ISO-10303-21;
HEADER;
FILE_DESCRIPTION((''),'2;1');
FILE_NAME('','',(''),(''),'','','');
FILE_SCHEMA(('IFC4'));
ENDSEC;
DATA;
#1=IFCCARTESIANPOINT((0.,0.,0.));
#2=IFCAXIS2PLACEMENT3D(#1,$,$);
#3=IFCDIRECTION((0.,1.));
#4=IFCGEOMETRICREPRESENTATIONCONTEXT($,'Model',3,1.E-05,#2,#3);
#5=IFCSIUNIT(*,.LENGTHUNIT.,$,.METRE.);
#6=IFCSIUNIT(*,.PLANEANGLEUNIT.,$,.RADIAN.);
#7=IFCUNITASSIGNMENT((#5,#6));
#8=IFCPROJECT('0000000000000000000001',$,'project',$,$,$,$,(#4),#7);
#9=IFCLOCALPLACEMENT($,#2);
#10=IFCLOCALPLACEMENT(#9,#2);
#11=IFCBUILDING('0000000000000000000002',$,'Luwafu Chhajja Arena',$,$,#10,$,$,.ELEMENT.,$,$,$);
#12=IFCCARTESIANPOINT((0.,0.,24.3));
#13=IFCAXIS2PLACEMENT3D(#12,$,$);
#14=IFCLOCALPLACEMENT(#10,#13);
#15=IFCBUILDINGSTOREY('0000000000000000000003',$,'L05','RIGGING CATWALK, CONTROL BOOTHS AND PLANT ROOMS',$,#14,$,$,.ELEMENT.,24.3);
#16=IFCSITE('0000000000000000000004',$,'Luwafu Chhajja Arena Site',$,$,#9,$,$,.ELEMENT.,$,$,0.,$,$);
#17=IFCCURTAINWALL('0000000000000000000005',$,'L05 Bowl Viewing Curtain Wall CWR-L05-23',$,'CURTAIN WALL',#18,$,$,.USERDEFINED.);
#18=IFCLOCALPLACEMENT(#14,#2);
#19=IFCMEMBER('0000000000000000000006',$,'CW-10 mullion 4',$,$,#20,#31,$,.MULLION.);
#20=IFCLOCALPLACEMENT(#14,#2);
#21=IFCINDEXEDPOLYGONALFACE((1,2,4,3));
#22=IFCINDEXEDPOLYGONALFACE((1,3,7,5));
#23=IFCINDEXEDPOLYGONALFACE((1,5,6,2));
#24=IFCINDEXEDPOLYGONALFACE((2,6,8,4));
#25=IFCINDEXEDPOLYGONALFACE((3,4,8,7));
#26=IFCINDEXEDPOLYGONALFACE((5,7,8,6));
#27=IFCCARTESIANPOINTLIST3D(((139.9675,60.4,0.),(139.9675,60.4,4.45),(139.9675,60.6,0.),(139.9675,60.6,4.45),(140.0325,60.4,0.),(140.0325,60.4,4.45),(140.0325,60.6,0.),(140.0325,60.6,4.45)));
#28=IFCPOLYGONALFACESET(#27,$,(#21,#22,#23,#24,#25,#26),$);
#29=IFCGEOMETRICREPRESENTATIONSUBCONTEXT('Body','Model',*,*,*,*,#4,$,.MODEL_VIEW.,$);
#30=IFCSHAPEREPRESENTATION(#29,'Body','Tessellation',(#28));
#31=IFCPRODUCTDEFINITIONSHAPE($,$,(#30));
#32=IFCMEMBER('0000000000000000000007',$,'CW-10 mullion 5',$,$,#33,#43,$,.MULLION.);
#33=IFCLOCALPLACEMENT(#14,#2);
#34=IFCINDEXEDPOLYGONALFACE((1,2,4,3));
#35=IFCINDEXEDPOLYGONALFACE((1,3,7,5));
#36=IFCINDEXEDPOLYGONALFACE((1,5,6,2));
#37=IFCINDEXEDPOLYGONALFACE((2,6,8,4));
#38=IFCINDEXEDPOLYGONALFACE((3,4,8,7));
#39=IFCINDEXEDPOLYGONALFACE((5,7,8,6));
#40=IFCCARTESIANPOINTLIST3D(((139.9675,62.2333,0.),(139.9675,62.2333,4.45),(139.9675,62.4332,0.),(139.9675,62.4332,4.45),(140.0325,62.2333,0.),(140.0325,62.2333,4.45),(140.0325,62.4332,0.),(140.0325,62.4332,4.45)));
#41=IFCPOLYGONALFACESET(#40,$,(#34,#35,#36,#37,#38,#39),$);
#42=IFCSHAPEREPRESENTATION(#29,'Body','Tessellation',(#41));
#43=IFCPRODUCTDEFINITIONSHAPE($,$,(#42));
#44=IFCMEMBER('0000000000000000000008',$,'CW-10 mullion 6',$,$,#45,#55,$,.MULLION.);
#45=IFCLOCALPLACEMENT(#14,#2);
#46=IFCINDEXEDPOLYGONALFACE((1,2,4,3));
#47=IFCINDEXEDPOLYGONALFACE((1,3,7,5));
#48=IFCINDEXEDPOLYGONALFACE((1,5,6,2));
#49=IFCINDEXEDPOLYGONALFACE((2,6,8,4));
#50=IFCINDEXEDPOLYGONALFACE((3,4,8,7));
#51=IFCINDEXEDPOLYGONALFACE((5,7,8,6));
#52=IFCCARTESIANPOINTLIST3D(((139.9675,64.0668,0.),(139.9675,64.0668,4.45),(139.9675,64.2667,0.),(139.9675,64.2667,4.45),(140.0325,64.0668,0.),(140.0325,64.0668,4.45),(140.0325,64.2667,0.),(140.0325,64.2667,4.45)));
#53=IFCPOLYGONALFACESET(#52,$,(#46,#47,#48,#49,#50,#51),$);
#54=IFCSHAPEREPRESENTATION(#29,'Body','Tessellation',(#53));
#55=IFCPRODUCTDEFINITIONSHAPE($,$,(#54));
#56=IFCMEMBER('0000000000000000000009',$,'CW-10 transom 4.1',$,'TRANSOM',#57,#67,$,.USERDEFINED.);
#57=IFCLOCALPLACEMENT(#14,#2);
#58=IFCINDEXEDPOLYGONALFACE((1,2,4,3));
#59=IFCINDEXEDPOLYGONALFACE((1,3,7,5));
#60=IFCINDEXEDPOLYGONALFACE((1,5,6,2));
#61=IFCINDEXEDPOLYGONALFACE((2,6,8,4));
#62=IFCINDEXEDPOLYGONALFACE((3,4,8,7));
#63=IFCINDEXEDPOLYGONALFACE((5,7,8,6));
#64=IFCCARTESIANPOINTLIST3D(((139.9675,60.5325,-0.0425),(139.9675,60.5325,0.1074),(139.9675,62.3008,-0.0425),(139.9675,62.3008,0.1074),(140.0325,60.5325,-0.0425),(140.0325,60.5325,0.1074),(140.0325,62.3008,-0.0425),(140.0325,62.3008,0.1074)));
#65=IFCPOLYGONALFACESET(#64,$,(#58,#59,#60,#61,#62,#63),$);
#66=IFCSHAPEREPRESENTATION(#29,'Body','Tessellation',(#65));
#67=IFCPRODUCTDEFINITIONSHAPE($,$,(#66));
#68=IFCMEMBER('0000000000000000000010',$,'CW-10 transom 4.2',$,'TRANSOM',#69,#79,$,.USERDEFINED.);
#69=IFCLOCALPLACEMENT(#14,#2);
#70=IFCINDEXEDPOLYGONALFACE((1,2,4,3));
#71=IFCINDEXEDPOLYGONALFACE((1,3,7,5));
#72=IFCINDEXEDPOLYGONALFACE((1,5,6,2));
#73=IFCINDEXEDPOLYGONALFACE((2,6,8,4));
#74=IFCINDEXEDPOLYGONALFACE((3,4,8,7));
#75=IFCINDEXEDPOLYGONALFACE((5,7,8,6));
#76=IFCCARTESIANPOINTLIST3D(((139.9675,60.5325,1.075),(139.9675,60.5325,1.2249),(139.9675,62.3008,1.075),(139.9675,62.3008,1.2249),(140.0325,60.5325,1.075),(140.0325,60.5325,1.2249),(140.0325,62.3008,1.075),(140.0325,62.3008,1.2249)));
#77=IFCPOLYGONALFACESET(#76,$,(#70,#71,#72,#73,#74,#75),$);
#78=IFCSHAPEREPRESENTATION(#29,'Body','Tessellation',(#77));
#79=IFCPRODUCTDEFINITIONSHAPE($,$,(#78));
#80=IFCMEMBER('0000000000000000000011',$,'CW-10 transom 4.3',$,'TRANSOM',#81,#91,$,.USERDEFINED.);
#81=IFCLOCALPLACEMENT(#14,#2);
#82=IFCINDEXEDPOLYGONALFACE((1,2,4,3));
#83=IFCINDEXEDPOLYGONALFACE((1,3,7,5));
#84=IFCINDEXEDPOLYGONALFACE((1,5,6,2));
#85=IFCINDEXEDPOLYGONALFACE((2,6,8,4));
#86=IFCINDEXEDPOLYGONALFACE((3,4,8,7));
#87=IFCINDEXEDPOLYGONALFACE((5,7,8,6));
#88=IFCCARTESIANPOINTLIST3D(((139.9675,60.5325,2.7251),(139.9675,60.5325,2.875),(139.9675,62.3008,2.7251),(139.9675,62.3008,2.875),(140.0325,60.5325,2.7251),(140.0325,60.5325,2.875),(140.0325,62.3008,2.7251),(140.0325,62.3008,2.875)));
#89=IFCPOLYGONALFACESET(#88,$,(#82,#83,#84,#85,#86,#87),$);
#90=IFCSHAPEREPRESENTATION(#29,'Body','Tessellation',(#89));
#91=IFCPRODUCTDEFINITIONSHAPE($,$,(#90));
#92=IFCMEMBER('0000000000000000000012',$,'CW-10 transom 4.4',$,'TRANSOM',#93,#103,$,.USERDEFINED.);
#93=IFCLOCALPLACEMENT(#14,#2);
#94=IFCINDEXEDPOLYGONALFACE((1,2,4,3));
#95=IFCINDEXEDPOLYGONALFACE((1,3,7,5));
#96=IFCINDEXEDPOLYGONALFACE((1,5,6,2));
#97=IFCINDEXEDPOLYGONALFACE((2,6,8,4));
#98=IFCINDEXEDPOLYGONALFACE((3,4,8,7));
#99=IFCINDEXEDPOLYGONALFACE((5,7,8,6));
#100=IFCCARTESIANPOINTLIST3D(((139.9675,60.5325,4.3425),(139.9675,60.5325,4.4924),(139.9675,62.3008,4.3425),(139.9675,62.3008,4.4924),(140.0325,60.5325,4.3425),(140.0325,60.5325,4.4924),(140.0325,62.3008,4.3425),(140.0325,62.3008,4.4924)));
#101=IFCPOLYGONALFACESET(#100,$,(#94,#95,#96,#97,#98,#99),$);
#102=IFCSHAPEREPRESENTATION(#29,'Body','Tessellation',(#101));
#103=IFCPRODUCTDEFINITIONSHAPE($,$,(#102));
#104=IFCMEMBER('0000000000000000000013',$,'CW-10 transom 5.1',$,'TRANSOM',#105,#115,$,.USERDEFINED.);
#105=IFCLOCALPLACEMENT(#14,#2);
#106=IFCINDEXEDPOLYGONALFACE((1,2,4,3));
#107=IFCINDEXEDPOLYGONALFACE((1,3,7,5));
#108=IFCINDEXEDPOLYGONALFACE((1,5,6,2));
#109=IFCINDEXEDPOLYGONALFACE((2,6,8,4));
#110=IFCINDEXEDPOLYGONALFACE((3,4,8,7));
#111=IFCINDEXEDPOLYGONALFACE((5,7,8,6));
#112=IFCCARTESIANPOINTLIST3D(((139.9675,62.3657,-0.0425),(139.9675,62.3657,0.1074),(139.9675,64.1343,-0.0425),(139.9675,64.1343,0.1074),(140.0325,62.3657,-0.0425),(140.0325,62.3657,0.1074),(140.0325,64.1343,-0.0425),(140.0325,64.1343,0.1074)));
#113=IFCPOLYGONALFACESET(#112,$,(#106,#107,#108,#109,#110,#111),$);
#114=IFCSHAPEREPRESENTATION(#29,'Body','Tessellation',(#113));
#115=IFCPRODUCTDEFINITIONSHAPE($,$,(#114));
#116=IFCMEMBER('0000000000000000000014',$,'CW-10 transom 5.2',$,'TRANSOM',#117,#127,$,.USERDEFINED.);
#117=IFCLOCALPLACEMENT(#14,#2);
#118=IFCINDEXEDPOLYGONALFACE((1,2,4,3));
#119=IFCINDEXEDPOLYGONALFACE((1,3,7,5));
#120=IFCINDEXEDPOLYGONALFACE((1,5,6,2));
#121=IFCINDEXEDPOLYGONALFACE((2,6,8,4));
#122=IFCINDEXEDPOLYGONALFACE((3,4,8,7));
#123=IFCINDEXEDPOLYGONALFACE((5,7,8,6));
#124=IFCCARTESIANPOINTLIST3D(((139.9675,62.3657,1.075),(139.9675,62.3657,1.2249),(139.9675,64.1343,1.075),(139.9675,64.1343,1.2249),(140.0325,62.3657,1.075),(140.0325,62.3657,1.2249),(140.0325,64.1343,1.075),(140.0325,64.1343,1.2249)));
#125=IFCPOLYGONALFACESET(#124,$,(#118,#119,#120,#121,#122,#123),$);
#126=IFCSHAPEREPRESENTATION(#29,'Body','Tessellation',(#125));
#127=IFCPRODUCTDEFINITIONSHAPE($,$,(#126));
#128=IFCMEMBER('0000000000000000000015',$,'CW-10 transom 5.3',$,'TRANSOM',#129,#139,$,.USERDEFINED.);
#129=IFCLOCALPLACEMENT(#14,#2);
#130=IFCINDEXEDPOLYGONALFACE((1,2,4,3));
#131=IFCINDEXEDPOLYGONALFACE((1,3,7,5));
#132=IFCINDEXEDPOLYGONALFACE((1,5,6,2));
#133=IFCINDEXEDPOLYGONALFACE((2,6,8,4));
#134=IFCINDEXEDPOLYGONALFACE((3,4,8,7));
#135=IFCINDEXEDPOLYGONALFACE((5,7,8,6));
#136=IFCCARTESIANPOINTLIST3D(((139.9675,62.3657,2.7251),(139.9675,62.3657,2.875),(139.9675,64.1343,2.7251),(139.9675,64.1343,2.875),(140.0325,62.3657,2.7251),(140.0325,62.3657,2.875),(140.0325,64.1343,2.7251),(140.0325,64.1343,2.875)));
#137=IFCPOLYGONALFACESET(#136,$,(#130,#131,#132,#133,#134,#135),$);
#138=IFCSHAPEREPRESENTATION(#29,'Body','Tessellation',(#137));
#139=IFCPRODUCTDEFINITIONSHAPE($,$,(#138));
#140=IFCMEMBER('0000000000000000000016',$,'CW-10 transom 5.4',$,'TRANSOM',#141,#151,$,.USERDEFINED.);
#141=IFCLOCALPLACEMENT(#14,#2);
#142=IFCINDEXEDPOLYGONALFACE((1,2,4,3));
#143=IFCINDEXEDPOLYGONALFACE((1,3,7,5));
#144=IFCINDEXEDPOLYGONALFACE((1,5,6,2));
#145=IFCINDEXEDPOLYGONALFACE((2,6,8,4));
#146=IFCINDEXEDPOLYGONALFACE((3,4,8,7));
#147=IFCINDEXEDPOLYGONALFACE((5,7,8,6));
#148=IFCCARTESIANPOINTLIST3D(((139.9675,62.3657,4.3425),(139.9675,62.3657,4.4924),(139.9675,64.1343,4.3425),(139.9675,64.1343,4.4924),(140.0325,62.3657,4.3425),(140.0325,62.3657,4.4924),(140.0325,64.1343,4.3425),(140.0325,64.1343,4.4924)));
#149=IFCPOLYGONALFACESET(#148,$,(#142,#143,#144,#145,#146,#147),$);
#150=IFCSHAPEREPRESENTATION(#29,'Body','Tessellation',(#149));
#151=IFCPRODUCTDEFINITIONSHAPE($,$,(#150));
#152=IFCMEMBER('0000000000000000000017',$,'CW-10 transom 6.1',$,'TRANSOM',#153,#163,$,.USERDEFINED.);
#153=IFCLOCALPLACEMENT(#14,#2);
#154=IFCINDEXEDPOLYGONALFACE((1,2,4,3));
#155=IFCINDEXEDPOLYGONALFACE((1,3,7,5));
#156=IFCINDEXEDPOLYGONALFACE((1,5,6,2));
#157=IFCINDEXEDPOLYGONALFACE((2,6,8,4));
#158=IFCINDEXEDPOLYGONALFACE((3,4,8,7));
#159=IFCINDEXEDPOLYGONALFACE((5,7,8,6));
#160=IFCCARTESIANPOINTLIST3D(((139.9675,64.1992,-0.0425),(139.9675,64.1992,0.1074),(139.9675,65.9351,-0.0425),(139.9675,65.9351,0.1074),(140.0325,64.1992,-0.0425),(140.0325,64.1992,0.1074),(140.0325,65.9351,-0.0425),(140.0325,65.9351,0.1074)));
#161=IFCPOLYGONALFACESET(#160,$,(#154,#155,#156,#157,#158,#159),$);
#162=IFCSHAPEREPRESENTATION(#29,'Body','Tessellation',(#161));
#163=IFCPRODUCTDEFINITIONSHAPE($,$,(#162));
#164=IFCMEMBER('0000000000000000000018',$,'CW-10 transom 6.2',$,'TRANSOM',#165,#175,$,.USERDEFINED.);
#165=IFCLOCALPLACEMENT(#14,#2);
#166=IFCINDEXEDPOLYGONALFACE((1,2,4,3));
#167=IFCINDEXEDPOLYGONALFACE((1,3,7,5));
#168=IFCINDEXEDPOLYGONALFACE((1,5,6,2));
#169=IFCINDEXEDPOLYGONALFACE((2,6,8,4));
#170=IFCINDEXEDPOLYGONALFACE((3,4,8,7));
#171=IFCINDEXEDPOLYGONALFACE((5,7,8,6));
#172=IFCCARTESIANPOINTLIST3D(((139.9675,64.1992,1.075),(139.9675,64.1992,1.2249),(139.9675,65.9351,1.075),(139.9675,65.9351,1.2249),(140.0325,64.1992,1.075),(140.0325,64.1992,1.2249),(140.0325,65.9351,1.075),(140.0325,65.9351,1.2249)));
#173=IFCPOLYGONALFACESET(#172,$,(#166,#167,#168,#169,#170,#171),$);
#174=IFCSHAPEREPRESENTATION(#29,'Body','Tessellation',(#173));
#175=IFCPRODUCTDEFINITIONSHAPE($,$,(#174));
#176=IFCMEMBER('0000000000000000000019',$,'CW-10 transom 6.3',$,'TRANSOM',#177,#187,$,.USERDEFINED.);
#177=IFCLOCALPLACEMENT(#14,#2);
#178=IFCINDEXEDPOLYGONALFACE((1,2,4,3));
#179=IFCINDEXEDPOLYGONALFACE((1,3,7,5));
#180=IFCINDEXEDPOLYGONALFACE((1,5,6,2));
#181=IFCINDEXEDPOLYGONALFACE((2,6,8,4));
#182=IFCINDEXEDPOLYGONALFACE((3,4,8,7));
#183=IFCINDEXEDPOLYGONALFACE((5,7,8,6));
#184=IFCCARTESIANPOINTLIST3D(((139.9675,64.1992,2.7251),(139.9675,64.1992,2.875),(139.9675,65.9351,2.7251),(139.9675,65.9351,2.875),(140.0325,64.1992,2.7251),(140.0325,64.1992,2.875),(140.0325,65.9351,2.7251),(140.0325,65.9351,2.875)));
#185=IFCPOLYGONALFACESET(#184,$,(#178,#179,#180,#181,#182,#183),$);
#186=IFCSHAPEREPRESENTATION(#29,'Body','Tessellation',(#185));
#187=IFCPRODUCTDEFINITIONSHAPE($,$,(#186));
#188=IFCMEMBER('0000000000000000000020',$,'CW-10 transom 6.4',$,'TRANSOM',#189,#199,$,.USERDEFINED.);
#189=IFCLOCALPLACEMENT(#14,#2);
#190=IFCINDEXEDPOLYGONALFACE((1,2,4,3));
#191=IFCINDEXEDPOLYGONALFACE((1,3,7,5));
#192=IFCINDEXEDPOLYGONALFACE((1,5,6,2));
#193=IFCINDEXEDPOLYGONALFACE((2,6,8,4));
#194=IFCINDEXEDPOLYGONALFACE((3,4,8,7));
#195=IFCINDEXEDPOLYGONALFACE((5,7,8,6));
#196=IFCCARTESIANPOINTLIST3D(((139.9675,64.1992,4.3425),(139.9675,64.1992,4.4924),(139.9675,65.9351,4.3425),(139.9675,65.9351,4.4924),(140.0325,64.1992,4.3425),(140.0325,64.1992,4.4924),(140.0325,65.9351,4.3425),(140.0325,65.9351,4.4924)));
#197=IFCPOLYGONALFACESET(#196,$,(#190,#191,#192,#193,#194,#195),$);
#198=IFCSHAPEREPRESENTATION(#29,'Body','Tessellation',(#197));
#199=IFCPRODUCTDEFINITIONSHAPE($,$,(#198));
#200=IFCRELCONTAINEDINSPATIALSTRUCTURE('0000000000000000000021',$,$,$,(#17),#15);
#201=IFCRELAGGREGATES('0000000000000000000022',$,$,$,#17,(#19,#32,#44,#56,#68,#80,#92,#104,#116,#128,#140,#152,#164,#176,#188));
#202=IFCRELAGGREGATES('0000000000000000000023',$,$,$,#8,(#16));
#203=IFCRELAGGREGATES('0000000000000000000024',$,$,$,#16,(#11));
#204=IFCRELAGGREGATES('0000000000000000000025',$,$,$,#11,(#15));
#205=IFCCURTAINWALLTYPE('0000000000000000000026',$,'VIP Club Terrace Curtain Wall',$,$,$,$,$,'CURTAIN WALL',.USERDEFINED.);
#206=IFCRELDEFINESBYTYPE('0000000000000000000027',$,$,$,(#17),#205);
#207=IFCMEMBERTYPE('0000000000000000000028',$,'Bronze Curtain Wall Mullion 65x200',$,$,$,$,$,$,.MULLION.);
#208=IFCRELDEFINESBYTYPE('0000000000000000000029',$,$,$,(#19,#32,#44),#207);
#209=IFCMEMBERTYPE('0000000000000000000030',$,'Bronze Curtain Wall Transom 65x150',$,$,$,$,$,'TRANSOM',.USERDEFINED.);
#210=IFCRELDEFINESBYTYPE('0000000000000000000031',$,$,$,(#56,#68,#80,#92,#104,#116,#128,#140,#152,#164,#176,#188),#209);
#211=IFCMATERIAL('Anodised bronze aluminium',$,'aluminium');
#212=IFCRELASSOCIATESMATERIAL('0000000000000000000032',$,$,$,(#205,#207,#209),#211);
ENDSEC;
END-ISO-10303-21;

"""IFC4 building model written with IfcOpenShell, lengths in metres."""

from ifc_helpers import new_model, si_unit, direction, frame, origin, origin_2d, place, context, subcontext, project, spatial, rectangle, extrude, material, material_profile, profile_set, type_object, element, aggregate, save


model = new_model("IFC4")

# Units and contexts
model_context = context("Model", 3, precision=1e-05, world=origin(), true_north=direction((0.0, 1.0)))
body_context = subcontext(model_context, "Body", "Model", "MODEL_VIEW")
ifc_project = project(units=[si_unit("LENGTHUNIT", "METRE"), si_unit("PLANEANGLEUNIT", "RADIAN")], contexts=[model_context])

# Site, building, storey
site_placement = place(None, origin())
site = spatial("IfcSite", under=ifc_project, at=site_placement, Name="Luwafu Chhajja Arena Site", CompositionType="ELEMENT", RefElevation=0.0)
building_placement = place(site_placement, origin())
building = spatial("IfcBuilding", under=site, at=building_placement, Name="Luwafu Chhajja Arena", CompositionType="ELEMENT")
storey_placement = place(building_placement, frame((0.0, 0.0, 24.3)))
storey = spatial("IfcBuildingStorey", under=building, at=storey_placement, Name="L05", Description="RIGGING CATWALK, CONTROL BOOTHS AND PLANT ROOMS", CompositionType="ELEMENT", Elevation=24.3)

# Curtain wall, members
ifc_material_1 = material(Name="Anodised bronze aluminium", Category="aluminium")
curtain_wall_type = type_object("IfcCurtainWallType", Name="VIP Club Terrace Curtain Wall", ElementType="CURTAIN WALL", PredefinedType="USERDEFINED", material=ifc_material_1)
curtain_wall_placement = place(storey_placement, origin())
curtain_wall = element("IfcCurtainWall", 1, at=curtain_wall_placement, inside=storey, type_object=curtain_wall_type, Name="L05 Bowl Viewing Curtain Wall CWR-L05-23", ObjectType="CURTAIN WALL", PredefinedType="USERDEFINED")
ifc_material_profile_1 = material_profile(ifc_material_1, rectangle(XDim=0.0649, YDim=0.2, at=origin_2d()), Name="CWM 65x200")
ifc_profile_set_1 = profile_set([ifc_material_profile_1], Name="Anodised bronze aluminium")
member_type_1 = type_object("IfcMemberType", Name="Bronze Curtain Wall Mullion 65x200", PredefinedType="MULLION", material=ifc_profile_set_1)
member_1_placement = place(storey_placement, frame((140.0, 60.5, 0.0), z_axis=(0.0, 0.0, 1.0), x_axis=(-1.0, 0.0, 0.0)))
member_1 = element("IfcMember", 2, at=member_1_placement, type_object=member_type_1, Name="CW-10 mullion 4", PredefinedType="MULLION", context=body_context, shape_type="SweptSolid", body=[
    extrude(rectangle(XDim=0.0649, YDim=0.2, at=origin_2d()), origin(), (0.0, 0.0, 1.0), 4.45),
])
member_2_placement = place(storey_placement, frame((140.0, 62.3333, 0.0), z_axis=(0.0, 0.0, 1.0), x_axis=(-1.0, 0.0, 0.0)))
member_2 = element("IfcMember", 3, at=member_2_placement, type_object=member_type_1, Name="CW-10 mullion 5", PredefinedType="MULLION", context=body_context, shape_type="SweptSolid", body=[
    extrude(rectangle(XDim=0.0649, YDim=0.2, at=origin_2d()), origin(), (0.0, 0.0, 1.0), 4.45),
])
member_3_placement = place(storey_placement, frame((140.0, 64.1667, 0.0), z_axis=(0.0, 0.0, 1.0), x_axis=(-1.0, 0.0, 0.0)))
member_3 = element("IfcMember", 4, at=member_3_placement, type_object=member_type_1, Name="CW-10 mullion 6", PredefinedType="MULLION", context=body_context, shape_type="SweptSolid", body=[
    extrude(rectangle(XDim=0.0649, YDim=0.2, at=origin_2d()), origin(), (0.0, 0.0, 1.0), 4.45),
])
ifc_material_profile_2 = material_profile(ifc_material_1, rectangle(XDim=0.0649, YDim=0.1499, at=origin_2d()), Name="CWT 65x150")
ifc_profile_set_2 = profile_set([ifc_material_profile_2], Name="Anodised bronze aluminium")
member_type_2 = type_object("IfcMemberType", Name="Bronze Curtain Wall Transom 65x150", ElementType="TRANSOM", PredefinedType="USERDEFINED", material=ifc_profile_set_2)
member_4_placement = place(storey_placement, frame((140.0, 60.5325, 0.0325), z_axis=(0.0, 1.0, 0.0), x_axis=(-1.0, 0.0, 0.0)))
member_4 = element("IfcMember", 5, at=member_4_placement, type_object=member_type_2, Name="CW-10 transom 4.1", ObjectType="TRANSOM", PredefinedType="USERDEFINED", context=body_context, shape_type="SweptSolid", body=[
    extrude(rectangle(XDim=0.0649, YDim=0.1499, at=origin_2d()), origin(), (0.0, 0.0, 1.0), 1.7683),
])
member_5_placement = place(storey_placement, frame((140.0, 60.5325, 1.1499), z_axis=(0.0, 1.0, 0.0), x_axis=(-1.0, 0.0, 0.0)))
member_5 = element("IfcMember", 6, at=member_5_placement, type_object=member_type_2, Name="CW-10 transom 4.2", ObjectType="TRANSOM", PredefinedType="USERDEFINED", context=body_context, shape_type="SweptSolid", body=[
    extrude(rectangle(XDim=0.0649, YDim=0.1499, at=origin_2d()), origin(), (0.0, 0.0, 1.0), 1.7683),
])
member_6_placement = place(storey_placement, frame((140.0, 60.5325, 2.8), z_axis=(0.0, 1.0, 0.0), x_axis=(-1.0, 0.0, 0.0)))
member_6 = element("IfcMember", 7, at=member_6_placement, type_object=member_type_2, Name="CW-10 transom 4.3", ObjectType="TRANSOM", PredefinedType="USERDEFINED", context=body_context, shape_type="SweptSolid", body=[
    extrude(rectangle(XDim=0.0649, YDim=0.1499, at=origin_2d()), origin(), (0.0, 0.0, 1.0), 1.7683),
])
member_7_placement = place(storey_placement, frame((140.0, 60.5325, 4.4175), z_axis=(0.0, 1.0, 0.0), x_axis=(-1.0, 0.0, 0.0)))
member_7 = element("IfcMember", 8, at=member_7_placement, type_object=member_type_2, Name="CW-10 transom 4.4", ObjectType="TRANSOM", PredefinedType="USERDEFINED", context=body_context, shape_type="SweptSolid", body=[
    extrude(rectangle(XDim=0.0649, YDim=0.1499, at=origin_2d()), origin(), (0.0, 0.0, 1.0), 1.7683),
])
member_8_placement = place(storey_placement, frame((140.0, 62.3657, 0.0325), z_axis=(0.0, 1.0, 0.0), x_axis=(-1.0, 0.0, 0.0)))
member_8 = element("IfcMember", 9, at=member_8_placement, type_object=member_type_2, Name="CW-10 transom 5.1", ObjectType="TRANSOM", PredefinedType="USERDEFINED", context=body_context, shape_type="SweptSolid", body=[
    extrude(rectangle(XDim=0.0649, YDim=0.1499, at=origin_2d()), origin(), (0.0, 0.0, 1.0), 1.7686),
])
member_9_placement = place(storey_placement, frame((140.0, 62.3657, 1.1499), z_axis=(0.0, 1.0, 0.0), x_axis=(-1.0, 0.0, 0.0)))
member_9 = element("IfcMember", 10, at=member_9_placement, type_object=member_type_2, Name="CW-10 transom 5.2", ObjectType="TRANSOM", PredefinedType="USERDEFINED", context=body_context, shape_type="SweptSolid", body=[
    extrude(rectangle(XDim=0.0649, YDim=0.1499, at=origin_2d()), origin(), (0.0, 0.0, 1.0), 1.7686),
])
member_10_placement = place(storey_placement, frame((140.0, 62.3657, 2.8), z_axis=(0.0, 1.0, 0.0), x_axis=(-1.0, 0.0, 0.0)))
member_10 = element("IfcMember", 11, at=member_10_placement, type_object=member_type_2, Name="CW-10 transom 5.3", ObjectType="TRANSOM", PredefinedType="USERDEFINED", context=body_context, shape_type="SweptSolid", body=[
    extrude(rectangle(XDim=0.0649, YDim=0.1499, at=origin_2d()), origin(), (0.0, 0.0, 1.0), 1.7686),
])
member_11_placement = place(storey_placement, frame((140.0, 62.3657, 4.4175), z_axis=(0.0, 1.0, 0.0), x_axis=(-1.0, 0.0, 0.0)))
member_11 = element("IfcMember", 12, at=member_11_placement, type_object=member_type_2, Name="CW-10 transom 5.4", ObjectType="TRANSOM", PredefinedType="USERDEFINED", context=body_context, shape_type="SweptSolid", body=[
    extrude(rectangle(XDim=0.0649, YDim=0.1499, at=origin_2d()), origin(), (0.0, 0.0, 1.0), 1.7686),
])
member_12_placement = place(storey_placement, frame((140.0, 64.1992, 0.0325), z_axis=(0.0, 1.0, 0.0), x_axis=(-1.0, 0.0, 0.0)))
member_12 = element("IfcMember", 13, at=member_12_placement, type_object=member_type_2, Name="CW-10 transom 6.1", ObjectType="TRANSOM", PredefinedType="USERDEFINED", context=body_context, shape_type="SweptSolid", body=[
    extrude(rectangle(XDim=0.0649, YDim=0.1499, at=origin_2d()), origin(), (0.0, 0.0, 1.0), 1.7358),
])
member_13_placement = place(storey_placement, frame((140.0, 64.1992, 1.1499), z_axis=(0.0, 1.0, 0.0), x_axis=(-1.0, 0.0, 0.0)))
member_13 = element("IfcMember", 14, at=member_13_placement, type_object=member_type_2, Name="CW-10 transom 6.2", ObjectType="TRANSOM", PredefinedType="USERDEFINED", context=body_context, shape_type="SweptSolid", body=[
    extrude(rectangle(XDim=0.0649, YDim=0.1499, at=origin_2d()), origin(), (0.0, 0.0, 1.0), 1.7358),
])
member_14_placement = place(storey_placement, frame((140.0, 64.1992, 2.8), z_axis=(0.0, 1.0, 0.0), x_axis=(-1.0, 0.0, 0.0)))
member_14 = element("IfcMember", 15, at=member_14_placement, type_object=member_type_2, Name="CW-10 transom 6.3", ObjectType="TRANSOM", PredefinedType="USERDEFINED", context=body_context, shape_type="SweptSolid", body=[
    extrude(rectangle(XDim=0.0649, YDim=0.1499, at=origin_2d()), origin(), (0.0, 0.0, 1.0), 1.7358),
])
member_15_placement = place(storey_placement, frame((140.0, 64.1992, 4.4175), z_axis=(0.0, 1.0, 0.0), x_axis=(-1.0, 0.0, 0.0)))
member_15 = element("IfcMember", 16, at=member_15_placement, type_object=member_type_2, Name="CW-10 transom 6.4", ObjectType="TRANSOM", PredefinedType="USERDEFINED", context=body_context, shape_type="SweptSolid", body=[
    extrude(rectangle(XDim=0.0649, YDim=0.1499, at=origin_2d()), origin(), (0.0, 0.0, 1.0), 1.7358),
])
aggregate(curtain_wall, [member_1, member_2, member_3, member_4, member_5, member_6, member_7, member_8, member_9, member_10, member_11, member_12, member_13, member_14, member_15])

save(model, "model.ifc")
